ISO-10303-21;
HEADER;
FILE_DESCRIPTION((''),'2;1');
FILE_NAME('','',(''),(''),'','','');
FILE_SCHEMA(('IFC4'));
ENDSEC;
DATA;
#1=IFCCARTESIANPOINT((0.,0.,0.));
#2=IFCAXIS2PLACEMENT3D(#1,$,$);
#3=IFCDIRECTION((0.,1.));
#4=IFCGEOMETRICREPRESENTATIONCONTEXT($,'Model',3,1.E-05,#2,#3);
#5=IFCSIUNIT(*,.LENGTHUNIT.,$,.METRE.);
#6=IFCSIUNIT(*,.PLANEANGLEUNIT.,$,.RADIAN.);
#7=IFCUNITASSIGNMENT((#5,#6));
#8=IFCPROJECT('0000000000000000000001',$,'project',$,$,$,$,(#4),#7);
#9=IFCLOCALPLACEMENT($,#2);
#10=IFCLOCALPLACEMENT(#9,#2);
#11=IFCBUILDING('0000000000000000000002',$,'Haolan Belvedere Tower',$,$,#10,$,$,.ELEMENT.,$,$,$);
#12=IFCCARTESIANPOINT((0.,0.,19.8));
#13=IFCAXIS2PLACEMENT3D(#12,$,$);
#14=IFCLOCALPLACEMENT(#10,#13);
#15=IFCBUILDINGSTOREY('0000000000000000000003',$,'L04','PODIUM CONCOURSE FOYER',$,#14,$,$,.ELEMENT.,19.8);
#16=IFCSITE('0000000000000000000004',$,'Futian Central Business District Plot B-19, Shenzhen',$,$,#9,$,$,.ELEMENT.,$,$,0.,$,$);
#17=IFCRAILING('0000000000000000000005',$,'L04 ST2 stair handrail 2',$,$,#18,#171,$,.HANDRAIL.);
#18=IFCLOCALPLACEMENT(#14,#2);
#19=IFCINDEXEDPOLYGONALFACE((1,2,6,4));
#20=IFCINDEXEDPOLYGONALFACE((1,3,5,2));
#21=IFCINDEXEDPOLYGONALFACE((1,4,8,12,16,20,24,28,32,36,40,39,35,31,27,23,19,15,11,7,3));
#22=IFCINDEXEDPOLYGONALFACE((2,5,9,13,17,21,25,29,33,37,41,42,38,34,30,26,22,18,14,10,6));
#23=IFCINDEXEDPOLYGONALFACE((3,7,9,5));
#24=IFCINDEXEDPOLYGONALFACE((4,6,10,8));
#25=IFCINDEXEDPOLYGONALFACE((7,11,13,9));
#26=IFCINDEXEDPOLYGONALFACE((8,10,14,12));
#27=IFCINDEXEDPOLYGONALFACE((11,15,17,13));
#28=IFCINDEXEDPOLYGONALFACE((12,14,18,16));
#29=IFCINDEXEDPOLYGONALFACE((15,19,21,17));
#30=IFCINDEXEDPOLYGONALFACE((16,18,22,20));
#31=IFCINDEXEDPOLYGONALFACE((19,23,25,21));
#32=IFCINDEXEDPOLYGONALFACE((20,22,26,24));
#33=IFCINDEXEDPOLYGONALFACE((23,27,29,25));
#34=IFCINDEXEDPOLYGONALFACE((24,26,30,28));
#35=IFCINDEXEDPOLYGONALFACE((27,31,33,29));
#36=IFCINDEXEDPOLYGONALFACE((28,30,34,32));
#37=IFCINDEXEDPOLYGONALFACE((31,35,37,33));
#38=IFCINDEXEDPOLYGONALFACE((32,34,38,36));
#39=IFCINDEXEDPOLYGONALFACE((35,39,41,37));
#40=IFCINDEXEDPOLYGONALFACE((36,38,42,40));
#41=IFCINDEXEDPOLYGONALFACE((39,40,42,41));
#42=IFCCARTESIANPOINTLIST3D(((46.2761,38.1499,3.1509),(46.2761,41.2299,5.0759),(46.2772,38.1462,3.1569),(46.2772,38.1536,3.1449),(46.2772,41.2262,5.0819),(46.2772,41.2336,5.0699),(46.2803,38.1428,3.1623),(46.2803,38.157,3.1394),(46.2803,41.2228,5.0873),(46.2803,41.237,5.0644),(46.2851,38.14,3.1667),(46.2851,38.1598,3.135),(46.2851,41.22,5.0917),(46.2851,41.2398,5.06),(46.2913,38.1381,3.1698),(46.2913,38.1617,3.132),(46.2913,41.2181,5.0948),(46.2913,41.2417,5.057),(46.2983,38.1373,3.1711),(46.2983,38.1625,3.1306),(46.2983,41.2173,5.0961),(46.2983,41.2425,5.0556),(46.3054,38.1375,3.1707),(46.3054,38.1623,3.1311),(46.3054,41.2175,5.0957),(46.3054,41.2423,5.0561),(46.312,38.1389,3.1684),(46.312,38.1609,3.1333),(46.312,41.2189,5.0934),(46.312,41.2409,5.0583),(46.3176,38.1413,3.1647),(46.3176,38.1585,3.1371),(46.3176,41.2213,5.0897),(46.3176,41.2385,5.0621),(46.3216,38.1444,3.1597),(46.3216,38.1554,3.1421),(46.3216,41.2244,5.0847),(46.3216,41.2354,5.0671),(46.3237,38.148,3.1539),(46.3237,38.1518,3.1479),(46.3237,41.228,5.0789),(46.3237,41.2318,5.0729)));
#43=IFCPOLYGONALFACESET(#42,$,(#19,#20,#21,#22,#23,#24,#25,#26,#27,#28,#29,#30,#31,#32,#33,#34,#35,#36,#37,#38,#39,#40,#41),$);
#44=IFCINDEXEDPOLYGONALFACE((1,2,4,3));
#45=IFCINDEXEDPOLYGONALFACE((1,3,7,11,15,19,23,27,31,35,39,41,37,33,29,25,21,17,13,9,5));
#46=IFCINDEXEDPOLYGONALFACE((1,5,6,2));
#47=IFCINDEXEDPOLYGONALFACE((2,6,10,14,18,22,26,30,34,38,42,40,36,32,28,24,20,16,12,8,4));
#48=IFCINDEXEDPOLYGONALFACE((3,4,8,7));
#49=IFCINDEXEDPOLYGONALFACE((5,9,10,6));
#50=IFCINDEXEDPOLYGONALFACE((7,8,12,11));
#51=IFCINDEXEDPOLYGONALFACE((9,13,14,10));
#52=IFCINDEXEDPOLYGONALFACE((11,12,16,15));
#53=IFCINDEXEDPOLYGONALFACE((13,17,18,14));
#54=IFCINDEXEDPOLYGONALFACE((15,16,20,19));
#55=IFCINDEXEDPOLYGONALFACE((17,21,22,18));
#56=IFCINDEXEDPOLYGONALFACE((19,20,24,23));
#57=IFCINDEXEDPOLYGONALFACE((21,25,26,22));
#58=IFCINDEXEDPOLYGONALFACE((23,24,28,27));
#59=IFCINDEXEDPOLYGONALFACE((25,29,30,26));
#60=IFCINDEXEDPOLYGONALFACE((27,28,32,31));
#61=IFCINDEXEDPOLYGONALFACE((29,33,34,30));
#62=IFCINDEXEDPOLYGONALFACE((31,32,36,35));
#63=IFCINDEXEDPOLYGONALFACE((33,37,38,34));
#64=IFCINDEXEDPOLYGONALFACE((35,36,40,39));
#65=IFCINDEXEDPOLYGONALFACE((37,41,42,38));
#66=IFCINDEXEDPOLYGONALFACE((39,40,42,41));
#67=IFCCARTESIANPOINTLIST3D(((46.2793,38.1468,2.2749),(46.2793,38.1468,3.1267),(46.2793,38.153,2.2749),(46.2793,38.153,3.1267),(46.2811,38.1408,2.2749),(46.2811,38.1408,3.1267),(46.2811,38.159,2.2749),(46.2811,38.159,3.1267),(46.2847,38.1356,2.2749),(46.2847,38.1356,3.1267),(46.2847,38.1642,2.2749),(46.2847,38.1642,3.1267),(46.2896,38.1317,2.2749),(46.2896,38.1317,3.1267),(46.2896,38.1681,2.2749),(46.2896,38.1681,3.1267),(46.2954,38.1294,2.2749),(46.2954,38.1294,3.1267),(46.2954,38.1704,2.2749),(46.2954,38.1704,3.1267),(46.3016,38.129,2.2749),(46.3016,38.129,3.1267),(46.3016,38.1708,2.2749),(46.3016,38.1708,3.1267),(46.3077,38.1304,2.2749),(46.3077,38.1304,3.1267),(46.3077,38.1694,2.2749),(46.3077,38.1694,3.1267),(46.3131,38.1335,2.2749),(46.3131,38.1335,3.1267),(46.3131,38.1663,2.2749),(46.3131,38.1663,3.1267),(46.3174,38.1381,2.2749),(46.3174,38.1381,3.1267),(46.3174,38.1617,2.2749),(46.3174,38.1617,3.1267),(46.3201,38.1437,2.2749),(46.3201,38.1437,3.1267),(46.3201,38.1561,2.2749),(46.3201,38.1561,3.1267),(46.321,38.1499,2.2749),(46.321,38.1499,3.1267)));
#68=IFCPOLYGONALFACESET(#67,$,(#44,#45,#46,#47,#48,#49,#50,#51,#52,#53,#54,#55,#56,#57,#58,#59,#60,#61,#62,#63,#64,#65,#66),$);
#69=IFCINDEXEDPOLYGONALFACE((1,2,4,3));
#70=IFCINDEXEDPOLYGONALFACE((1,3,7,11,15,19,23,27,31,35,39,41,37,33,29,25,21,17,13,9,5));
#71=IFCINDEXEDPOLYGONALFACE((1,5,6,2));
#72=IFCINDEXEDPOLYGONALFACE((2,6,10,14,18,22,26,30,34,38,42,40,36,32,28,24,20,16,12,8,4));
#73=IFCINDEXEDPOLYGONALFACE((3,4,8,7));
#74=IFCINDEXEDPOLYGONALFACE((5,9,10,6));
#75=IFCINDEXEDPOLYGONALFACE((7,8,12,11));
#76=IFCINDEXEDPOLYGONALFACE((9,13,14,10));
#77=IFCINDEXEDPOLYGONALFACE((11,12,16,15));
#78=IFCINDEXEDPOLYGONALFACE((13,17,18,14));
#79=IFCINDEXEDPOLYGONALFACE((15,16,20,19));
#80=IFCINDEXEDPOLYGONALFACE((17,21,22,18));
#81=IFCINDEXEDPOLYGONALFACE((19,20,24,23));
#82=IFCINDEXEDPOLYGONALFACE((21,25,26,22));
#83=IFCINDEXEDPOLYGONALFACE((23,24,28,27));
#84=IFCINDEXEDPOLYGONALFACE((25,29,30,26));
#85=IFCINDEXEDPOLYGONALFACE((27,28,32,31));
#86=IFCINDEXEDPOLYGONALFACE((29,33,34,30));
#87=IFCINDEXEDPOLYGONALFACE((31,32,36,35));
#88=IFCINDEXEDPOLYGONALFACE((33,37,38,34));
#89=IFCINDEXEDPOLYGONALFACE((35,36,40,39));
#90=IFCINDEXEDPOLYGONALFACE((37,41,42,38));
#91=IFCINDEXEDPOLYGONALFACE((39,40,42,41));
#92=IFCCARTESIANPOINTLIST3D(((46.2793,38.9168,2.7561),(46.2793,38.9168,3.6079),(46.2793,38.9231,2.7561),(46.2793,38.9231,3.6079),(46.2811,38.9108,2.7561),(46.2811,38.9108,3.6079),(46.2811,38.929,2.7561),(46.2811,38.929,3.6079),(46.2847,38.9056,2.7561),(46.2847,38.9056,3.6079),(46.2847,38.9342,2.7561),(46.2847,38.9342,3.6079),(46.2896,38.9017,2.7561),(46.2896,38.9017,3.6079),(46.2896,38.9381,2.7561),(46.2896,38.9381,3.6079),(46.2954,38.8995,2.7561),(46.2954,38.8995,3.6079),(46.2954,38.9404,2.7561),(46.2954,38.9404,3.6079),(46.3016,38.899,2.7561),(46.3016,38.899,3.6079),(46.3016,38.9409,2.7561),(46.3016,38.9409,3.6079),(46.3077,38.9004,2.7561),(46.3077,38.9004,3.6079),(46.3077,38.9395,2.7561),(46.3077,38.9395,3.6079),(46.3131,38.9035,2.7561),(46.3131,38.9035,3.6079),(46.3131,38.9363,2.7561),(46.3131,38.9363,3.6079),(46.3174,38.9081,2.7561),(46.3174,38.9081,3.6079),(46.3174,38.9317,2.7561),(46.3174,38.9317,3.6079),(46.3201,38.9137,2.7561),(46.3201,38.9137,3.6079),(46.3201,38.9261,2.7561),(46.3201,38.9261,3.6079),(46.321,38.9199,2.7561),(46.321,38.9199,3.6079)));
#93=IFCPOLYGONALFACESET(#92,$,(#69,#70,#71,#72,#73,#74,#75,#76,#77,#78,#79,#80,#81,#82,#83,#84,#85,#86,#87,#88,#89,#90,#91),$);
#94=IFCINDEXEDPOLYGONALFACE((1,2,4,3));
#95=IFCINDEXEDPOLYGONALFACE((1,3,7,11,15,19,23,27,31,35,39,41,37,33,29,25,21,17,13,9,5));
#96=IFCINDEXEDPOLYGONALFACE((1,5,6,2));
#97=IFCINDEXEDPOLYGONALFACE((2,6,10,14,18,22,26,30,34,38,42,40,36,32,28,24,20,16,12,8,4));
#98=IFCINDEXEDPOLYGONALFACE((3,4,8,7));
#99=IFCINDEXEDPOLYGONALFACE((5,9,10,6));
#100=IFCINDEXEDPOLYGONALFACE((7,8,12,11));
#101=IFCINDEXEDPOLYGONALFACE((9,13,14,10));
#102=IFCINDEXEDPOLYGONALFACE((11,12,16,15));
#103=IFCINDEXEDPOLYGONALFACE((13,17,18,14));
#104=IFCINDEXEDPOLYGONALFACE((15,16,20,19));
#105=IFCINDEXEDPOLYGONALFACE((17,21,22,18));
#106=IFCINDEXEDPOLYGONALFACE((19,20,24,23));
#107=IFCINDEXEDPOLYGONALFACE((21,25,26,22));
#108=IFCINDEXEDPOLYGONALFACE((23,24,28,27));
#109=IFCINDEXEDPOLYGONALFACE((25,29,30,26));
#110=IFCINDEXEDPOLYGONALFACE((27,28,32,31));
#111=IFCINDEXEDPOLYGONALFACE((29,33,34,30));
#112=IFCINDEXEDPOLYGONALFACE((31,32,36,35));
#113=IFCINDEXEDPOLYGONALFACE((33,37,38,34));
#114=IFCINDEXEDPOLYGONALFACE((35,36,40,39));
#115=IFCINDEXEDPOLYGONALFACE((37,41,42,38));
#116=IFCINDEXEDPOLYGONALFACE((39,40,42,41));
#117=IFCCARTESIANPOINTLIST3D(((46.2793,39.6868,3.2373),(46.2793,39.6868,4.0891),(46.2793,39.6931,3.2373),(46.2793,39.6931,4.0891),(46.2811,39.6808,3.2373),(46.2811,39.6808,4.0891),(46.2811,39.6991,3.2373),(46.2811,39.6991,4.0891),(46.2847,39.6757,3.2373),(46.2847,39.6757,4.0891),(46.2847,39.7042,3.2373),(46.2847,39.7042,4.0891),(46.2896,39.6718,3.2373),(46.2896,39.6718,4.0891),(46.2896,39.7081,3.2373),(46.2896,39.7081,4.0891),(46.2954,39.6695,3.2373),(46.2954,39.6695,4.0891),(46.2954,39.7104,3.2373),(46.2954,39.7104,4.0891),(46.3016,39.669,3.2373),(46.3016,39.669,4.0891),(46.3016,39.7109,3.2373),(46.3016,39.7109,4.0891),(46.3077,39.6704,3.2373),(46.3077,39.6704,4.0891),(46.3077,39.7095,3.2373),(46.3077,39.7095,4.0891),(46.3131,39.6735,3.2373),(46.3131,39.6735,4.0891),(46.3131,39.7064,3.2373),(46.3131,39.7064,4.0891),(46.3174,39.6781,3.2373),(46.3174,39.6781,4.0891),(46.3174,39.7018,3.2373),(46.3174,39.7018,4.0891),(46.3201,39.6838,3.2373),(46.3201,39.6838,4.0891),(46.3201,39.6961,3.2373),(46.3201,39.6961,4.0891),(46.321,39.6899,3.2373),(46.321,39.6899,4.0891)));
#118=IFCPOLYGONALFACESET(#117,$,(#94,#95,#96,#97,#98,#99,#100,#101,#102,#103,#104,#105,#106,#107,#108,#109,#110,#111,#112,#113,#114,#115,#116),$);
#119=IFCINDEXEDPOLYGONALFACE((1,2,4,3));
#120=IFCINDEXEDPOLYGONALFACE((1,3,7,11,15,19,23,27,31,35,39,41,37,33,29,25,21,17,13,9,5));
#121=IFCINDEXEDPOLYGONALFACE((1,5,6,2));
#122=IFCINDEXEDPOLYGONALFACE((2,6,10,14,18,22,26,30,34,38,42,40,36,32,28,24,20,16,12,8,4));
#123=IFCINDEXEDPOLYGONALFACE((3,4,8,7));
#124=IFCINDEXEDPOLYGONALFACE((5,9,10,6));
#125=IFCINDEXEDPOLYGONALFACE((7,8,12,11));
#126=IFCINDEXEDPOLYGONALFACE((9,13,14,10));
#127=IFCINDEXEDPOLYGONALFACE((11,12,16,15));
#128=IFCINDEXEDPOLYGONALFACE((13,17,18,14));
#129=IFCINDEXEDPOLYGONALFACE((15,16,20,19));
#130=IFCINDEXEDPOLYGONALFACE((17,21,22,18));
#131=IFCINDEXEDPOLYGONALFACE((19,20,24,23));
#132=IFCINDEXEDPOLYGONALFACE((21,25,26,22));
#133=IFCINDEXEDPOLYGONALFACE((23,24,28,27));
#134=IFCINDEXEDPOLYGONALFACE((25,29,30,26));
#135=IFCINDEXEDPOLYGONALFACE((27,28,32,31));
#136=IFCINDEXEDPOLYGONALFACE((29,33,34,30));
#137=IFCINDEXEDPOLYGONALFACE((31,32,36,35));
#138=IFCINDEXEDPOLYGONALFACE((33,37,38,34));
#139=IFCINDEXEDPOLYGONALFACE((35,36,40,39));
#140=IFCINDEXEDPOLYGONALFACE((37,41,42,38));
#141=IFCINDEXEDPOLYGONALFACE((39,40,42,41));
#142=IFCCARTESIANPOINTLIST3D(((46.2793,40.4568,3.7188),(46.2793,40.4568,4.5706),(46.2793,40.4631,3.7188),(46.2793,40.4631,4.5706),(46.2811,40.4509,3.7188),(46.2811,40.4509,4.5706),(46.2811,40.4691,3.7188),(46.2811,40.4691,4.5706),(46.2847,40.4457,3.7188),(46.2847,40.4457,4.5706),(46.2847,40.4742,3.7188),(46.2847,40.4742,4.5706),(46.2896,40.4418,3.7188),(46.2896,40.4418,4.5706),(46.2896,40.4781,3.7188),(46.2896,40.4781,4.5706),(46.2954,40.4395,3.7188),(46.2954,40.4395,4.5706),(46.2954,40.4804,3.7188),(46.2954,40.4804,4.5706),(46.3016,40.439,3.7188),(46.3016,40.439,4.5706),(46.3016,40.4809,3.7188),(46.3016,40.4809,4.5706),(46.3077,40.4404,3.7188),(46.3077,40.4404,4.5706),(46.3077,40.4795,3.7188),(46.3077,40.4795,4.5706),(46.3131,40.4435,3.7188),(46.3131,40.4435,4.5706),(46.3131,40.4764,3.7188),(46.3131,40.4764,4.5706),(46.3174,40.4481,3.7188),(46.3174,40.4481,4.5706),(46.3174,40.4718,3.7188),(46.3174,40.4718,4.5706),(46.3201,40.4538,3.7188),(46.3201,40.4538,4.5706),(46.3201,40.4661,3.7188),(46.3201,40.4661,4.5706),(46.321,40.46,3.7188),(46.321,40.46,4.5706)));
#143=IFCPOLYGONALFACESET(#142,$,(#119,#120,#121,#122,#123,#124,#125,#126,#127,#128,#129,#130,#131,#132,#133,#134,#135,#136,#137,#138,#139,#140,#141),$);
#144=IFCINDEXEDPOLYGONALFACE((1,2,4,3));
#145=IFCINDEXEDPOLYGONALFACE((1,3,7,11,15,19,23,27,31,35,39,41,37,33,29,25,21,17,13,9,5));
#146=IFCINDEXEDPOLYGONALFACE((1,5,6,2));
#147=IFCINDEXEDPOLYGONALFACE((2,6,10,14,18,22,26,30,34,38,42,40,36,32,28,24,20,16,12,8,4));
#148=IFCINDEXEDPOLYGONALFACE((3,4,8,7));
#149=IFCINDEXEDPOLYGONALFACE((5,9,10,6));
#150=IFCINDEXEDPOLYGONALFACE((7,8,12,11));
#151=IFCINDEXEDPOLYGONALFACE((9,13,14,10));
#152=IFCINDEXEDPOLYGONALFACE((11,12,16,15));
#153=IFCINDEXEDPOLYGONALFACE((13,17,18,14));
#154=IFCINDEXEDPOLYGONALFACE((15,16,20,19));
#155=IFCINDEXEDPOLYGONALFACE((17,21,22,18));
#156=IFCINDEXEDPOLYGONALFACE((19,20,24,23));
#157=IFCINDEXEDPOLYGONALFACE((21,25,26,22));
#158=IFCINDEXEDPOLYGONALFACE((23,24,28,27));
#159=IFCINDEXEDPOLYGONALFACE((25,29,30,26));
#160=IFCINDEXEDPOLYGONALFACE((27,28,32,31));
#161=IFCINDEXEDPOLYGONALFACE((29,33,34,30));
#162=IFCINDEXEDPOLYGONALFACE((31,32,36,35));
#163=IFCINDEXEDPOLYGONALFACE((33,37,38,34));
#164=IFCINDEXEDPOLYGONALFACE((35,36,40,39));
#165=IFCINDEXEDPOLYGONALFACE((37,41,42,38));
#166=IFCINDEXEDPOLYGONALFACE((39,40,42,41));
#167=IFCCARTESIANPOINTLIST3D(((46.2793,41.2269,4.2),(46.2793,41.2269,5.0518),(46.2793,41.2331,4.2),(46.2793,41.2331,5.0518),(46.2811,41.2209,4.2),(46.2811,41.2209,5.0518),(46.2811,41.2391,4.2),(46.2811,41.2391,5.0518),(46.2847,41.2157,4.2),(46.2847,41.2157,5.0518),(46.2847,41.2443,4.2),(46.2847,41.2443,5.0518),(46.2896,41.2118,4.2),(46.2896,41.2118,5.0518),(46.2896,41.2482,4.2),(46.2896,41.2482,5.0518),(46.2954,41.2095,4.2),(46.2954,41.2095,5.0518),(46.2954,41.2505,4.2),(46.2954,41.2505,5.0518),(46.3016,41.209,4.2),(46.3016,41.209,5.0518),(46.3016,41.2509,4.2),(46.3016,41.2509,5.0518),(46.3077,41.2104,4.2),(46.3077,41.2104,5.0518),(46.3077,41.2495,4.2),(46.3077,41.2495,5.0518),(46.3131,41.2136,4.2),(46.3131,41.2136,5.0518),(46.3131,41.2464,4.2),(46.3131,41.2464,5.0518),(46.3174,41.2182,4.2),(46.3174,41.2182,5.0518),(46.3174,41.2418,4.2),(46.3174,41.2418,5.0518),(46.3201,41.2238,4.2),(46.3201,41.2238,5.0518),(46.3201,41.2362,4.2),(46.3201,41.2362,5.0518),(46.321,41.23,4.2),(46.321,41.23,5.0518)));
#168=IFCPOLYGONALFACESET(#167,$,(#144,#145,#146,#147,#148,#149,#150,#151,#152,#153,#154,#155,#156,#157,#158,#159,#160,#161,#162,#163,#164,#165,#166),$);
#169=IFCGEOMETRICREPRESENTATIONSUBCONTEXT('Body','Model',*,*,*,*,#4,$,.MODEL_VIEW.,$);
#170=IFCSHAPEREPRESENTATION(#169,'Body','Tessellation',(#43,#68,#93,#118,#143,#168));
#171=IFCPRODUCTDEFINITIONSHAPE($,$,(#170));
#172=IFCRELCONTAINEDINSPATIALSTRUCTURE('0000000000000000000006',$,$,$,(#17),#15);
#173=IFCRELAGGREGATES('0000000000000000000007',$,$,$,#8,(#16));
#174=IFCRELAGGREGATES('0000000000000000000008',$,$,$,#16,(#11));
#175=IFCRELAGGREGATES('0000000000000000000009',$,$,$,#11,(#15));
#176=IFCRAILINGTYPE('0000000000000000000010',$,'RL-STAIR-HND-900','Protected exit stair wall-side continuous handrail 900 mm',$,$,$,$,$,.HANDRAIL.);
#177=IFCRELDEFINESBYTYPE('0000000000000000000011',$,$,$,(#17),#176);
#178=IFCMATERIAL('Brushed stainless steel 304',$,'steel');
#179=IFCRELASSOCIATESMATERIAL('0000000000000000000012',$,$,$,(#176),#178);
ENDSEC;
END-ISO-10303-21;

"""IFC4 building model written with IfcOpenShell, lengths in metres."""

from ifc_helpers import new_model, si_unit, direction, frame, origin, origin_2d, place, context, subcontext, project, spatial, circle, extrude, material, type_object, element, save


model = new_model("IFC4")

# Units and contexts
model_context = context("Model", 3, precision=1e-05, world=origin(), true_north=direction((0.0, 1.0)))
body_context = subcontext(model_context, "Body", "Model", "MODEL_VIEW")
ifc_project = project(units=[si_unit("LENGTHUNIT", "METRE"), si_unit("PLANEANGLEUNIT", "RADIAN")], contexts=[model_context])

# Site, building, storey
site_placement = place(None, origin())
site = spatial("IfcSite", under=ifc_project, at=site_placement, Name="Futian Central Business District Plot B-19, Shenzhen", CompositionType="ELEMENT", RefElevation=0.0)
building_placement = place(site_placement, origin())
building = spatial("IfcBuilding", under=site, at=building_placement, Name="Haolan Belvedere Tower", CompositionType="ELEMENT")
storey_placement = place(building_placement, frame((0.0, 0.0, 19.8)))
storey = spatial("IfcBuildingStorey", under=building, at=storey_placement, Name="L04", Description="PODIUM CONCOURSE FOYER", CompositionType="ELEMENT", Elevation=19.8)

# Railing
ifc_material_1 = material(Name="Brushed stainless steel 304", Category="steel")
railing_type_1 = type_object("IfcRailingType", Name="RL-STAIR-HND-900", Description="Protected exit stair wall-side continuous handrail 900 mm", PredefinedType="HANDRAIL", material=ifc_material_1)
railing_1_placement = place(storey_placement, frame((46.3, 38.1499, 2.2749)))
element("IfcRailing", 1, at=railing_1_placement, inside=storey, type_object=railing_type_1, Name="L04 ST2 stair handrail 2", PredefinedType="HANDRAIL", context=body_context, shape_type="SweptSolid", body=[
    extrude(circle(Radius=0.0239, at=origin_2d()), frame((0.0, 0.0, 0.876), z_axis=(0.0, 0.847998, 0.529999), x_axis=(-1.0, 0.0, 0.0)), (0.0, 0.0, 1.0), 3.6321),
    extrude(circle(Radius=0.021, at=origin_2d()), origin(), (0.0, 0.0, 1.0), 0.8518),
    extrude(circle(Radius=0.021, at=origin_2d()), frame((0.0, 0.77, 0.4812)), (0.0, 0.0, 1.0), 0.8518),
    extrude(circle(Radius=0.021, at=origin_2d()), frame((0.0, 1.54, 0.9624)), (0.0, 0.0, 1.0), 0.8518),
    extrude(circle(Radius=0.021, at=origin_2d()), frame((0.0, 2.3101, 1.4438)), (0.0, 0.0, 1.0), 0.8518),
    extrude(circle(Radius=0.021, at=origin_2d()), frame((0.0, 3.0801, 1.925)), (0.0, 0.0, 1.0), 0.8518),
])

save(model, "model.ifc")
